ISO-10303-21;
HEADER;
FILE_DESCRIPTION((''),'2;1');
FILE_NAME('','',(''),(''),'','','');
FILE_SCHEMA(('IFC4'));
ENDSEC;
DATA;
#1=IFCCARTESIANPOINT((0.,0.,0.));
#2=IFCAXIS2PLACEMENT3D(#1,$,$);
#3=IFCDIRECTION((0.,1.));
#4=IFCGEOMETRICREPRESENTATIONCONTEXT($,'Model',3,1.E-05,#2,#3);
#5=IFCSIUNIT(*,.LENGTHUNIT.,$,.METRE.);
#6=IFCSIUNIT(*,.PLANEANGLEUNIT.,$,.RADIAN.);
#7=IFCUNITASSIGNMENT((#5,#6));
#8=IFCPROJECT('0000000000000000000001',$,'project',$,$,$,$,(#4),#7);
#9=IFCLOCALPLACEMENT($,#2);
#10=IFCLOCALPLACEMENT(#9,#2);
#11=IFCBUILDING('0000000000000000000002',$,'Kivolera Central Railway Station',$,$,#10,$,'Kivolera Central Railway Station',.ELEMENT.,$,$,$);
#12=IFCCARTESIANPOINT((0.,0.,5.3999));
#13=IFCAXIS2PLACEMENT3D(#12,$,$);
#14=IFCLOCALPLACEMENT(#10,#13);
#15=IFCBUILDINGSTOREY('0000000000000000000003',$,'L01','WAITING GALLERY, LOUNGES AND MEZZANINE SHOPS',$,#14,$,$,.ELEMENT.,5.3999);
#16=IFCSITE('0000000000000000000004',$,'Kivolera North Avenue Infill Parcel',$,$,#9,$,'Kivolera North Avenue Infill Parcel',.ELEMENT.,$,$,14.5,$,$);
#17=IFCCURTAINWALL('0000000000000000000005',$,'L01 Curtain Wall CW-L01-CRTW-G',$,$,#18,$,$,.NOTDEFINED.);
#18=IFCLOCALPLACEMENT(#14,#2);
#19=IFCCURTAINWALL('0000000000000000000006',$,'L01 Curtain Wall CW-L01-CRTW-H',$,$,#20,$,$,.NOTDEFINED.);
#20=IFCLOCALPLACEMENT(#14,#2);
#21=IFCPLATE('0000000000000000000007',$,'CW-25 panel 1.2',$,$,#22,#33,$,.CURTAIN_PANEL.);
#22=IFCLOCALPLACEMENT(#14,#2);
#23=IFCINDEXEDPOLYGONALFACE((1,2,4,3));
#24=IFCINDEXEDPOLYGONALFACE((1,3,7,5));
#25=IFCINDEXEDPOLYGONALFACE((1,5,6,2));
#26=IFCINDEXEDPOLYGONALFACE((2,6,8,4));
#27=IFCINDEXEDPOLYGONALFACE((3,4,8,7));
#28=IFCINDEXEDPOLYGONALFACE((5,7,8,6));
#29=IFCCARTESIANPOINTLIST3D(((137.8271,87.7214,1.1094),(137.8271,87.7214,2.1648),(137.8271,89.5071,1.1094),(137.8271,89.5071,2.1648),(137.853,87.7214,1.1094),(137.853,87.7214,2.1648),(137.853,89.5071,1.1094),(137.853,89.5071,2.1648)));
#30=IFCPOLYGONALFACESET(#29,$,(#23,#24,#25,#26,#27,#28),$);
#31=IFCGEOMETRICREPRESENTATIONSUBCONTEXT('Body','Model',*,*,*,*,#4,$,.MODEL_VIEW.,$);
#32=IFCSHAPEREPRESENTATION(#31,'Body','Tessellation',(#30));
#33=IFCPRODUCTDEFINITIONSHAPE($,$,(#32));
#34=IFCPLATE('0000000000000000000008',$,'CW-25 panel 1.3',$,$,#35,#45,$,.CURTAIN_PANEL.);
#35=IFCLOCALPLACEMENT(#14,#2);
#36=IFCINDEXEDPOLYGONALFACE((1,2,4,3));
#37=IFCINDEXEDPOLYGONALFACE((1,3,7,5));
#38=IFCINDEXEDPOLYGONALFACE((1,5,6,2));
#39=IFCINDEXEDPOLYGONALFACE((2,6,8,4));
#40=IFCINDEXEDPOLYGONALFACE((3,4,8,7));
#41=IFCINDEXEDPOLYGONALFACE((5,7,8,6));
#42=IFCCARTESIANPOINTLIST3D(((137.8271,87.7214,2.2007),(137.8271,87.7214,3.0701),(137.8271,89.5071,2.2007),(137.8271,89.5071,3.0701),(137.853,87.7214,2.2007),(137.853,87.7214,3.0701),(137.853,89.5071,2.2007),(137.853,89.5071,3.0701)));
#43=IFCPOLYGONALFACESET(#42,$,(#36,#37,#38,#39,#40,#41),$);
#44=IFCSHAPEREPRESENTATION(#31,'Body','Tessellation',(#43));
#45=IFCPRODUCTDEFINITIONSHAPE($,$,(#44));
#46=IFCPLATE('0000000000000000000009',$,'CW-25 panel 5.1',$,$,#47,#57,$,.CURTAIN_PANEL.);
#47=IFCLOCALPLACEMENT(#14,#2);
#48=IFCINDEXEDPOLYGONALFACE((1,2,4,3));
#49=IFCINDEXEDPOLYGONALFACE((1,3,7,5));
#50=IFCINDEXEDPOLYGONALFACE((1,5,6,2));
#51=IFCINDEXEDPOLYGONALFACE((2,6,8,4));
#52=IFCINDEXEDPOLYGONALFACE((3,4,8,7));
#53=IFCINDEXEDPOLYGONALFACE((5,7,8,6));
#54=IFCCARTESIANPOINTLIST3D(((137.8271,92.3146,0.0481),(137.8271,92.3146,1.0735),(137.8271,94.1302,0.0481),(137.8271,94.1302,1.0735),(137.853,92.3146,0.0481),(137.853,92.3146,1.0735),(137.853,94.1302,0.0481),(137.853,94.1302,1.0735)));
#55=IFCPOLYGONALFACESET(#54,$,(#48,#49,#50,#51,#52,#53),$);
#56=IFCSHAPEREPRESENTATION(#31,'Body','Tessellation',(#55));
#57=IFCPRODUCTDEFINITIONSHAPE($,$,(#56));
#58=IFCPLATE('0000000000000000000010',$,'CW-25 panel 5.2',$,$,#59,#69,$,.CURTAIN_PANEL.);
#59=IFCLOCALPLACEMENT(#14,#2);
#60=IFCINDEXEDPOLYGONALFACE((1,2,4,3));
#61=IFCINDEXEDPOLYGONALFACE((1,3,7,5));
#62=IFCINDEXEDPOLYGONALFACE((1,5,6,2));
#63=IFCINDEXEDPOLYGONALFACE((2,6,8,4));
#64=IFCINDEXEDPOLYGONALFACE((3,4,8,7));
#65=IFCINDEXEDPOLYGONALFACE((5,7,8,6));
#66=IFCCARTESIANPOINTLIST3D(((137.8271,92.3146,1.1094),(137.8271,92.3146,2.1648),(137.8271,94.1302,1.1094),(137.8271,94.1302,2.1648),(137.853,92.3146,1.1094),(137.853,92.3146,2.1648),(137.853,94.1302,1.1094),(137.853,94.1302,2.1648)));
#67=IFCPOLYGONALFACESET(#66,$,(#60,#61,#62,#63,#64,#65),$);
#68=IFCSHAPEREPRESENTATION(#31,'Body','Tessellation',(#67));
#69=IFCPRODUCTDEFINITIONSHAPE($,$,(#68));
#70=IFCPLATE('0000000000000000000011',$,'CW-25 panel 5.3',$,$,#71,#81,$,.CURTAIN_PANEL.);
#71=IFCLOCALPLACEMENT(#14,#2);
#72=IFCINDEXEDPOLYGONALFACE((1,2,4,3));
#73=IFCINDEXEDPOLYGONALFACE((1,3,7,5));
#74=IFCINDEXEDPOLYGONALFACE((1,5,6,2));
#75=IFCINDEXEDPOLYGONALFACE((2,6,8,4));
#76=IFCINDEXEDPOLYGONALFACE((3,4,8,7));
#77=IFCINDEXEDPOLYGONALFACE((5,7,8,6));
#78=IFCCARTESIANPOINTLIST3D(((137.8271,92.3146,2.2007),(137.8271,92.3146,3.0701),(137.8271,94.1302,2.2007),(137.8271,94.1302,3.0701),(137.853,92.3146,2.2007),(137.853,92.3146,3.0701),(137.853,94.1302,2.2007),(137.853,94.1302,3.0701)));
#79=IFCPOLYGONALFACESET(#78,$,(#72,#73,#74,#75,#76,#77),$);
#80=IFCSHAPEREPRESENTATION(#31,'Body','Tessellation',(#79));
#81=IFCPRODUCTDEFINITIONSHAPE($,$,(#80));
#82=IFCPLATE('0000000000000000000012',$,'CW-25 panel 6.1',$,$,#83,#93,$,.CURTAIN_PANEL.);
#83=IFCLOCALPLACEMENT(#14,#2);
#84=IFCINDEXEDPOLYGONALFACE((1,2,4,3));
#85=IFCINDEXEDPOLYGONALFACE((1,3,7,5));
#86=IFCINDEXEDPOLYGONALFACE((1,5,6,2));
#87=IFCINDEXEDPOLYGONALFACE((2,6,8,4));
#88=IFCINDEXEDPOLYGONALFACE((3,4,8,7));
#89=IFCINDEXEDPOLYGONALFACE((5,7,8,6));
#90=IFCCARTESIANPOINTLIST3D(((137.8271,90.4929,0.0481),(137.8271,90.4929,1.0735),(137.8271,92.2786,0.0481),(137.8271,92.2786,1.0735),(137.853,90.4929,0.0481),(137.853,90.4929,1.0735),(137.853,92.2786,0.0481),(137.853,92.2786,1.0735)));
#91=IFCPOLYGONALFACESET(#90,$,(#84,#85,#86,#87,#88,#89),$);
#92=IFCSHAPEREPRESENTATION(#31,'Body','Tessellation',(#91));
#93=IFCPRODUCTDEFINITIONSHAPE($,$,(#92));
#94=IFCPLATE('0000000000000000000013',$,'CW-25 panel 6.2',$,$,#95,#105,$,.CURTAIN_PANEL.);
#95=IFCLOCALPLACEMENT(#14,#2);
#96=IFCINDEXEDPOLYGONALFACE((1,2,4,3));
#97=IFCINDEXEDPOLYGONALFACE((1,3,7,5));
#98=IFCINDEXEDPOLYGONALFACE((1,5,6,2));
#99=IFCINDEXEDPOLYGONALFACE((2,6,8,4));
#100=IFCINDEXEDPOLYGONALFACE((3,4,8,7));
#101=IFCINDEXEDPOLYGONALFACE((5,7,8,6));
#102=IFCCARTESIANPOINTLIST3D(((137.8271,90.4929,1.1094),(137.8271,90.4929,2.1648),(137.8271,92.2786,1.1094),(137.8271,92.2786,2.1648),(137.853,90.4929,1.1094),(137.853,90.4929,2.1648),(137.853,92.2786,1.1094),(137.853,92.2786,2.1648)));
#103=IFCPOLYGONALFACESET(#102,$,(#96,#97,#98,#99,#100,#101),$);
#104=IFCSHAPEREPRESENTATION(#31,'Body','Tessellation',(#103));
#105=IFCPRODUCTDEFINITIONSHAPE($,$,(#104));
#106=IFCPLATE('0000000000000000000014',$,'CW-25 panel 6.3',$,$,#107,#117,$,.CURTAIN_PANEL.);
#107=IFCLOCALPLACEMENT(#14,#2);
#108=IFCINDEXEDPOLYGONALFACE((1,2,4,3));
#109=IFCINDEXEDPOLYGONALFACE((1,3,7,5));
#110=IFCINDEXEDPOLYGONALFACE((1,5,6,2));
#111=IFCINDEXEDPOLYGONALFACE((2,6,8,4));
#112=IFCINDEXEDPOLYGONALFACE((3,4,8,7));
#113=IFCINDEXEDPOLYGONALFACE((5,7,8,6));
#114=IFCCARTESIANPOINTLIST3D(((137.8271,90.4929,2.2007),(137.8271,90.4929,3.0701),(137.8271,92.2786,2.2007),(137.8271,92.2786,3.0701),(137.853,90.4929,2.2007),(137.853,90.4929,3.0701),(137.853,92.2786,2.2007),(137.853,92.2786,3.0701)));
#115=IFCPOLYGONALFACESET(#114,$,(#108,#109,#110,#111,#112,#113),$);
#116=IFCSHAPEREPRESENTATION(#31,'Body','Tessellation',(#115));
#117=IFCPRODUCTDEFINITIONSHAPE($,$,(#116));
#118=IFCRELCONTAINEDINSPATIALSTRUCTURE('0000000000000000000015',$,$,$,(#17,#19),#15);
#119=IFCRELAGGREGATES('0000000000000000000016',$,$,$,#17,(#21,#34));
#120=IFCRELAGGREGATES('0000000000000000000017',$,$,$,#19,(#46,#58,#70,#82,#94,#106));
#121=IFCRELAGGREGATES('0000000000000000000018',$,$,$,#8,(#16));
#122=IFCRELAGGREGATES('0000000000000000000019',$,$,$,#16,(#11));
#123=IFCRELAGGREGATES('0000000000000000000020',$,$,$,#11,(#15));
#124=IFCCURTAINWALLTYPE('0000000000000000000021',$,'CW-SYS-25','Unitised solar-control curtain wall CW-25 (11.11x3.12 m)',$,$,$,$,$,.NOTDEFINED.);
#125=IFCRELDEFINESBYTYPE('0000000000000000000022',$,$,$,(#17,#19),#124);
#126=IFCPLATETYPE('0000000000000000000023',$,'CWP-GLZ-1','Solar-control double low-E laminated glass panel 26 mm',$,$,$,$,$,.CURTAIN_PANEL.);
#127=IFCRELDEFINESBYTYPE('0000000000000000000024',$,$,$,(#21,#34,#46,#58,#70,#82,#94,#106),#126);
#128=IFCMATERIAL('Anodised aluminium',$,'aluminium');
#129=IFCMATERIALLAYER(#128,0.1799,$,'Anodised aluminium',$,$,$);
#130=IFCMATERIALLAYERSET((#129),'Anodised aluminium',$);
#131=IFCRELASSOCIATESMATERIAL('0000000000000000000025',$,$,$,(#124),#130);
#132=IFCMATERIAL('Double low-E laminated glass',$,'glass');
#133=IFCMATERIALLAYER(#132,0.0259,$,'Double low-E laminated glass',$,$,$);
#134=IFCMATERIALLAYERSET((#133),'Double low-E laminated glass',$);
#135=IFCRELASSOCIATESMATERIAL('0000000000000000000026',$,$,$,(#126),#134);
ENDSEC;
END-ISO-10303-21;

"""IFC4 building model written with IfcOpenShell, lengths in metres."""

from ifc_helpers import new_model, si_unit, direction, frame, origin, origin_2d, place, context, subcontext, project, spatial, rectangle, extrude, material, layer, layer_set, type_object, element, aggregate, save


model = new_model("IFC4")

# Units and contexts
model_context = context("Model", 3, precision=1e-05, world=origin(), true_north=direction((0.0, 1.0)))
body_context = subcontext(model_context, "Body", "Model", "MODEL_VIEW")
ifc_project = project(units=[si_unit("LENGTHUNIT", "METRE"), si_unit("PLANEANGLEUNIT", "RADIAN")], contexts=[model_context])

# Site, building, storey
site_placement = place(None, origin())
site = spatial("IfcSite", under=ifc_project, at=site_placement, Name="Kivolera North Avenue Infill Parcel", LongName="Kivolera North Avenue Infill Parcel", CompositionType="ELEMENT", RefElevation=14.5)
building_placement = place(site_placement, origin())
building = spatial("IfcBuilding", under=site, at=building_placement, Name="Kivolera Central Railway Station", LongName="Kivolera Central Railway Station", CompositionType="ELEMENT")
storey_placement = place(building_placement, frame((0.0, 0.0, 5.3999)))
storey = spatial("IfcBuildingStorey", under=building, at=storey_placement, Name="L01", Description="WAITING GALLERY, LOUNGES AND MEZZANINE SHOPS", CompositionType="ELEMENT", Elevation=5.3999)

# Curtain wall
ifc_material_1 = material(Name="Anodised aluminium", Category="aluminium")
ifc_layer_1 = layer(ifc_material_1, 0.1799, Name="Anodised aluminium")
ifc_layer_set_1 = layer_set([ifc_layer_1], Name="Anodised aluminium")
curtain_wall_type = type_object("IfcCurtainWallType", Name="CW-SYS-25", Description="Unitised solar-control curtain wall CW-25 (11.11x3.12 m)", PredefinedType="NOTDEFINED", material=ifc_layer_set_1)
curtain_wall_1_placement = place(storey_placement, origin())
curtain_wall_1 = element("IfcCurtainWall", 1, at=curtain_wall_1_placement, inside=storey, type_object=curtain_wall_type, Name="L01 Curtain Wall CW-L01-CRTW-G", PredefinedType="NOTDEFINED")

# Curtain wall
curtain_wall_2_placement = place(storey_placement, origin())
curtain_wall_2 = element("IfcCurtainWall", 2, at=curtain_wall_2_placement, inside=storey, type_object=curtain_wall_type, Name="L01 Curtain Wall CW-L01-CRTW-H", PredefinedType="NOTDEFINED")

# Plates
ifc_material_2 = material(Name="Double low-E laminated glass", Category="glass")
ifc_layer_2 = layer(ifc_material_2, 0.0259, Name="Double low-E laminated glass")
ifc_layer_set_2 = layer_set([ifc_layer_2], Name="Double low-E laminated glass")
plate_type = type_object("IfcPlateType", Name="CWP-GLZ-1", Description="Solar-control double low-E laminated glass panel 26 mm", PredefinedType="CURTAIN_PANEL", material=ifc_layer_set_2)
plate_1_placement = place(storey_placement, frame((137.8401, 88.6143, 1.1094), z_axis=(0.0, 0.0, 1.0), x_axis=(0.0, -1.0, 0.0)))
plate_1 = element("IfcPlate", 3, at=plate_1_placement, type_object=plate_type, Name="CW-25 panel 1.2", PredefinedType="CURTAIN_PANEL", context=body_context, shape_type="SweptSolid", body=[
    extrude(rectangle(XDim=1.7856, YDim=0.0259, at=origin_2d()), origin(), (0.0, 0.0, 1.0), 1.0554),
])
plate_2_placement = place(storey_placement, frame((137.8401, 88.6143, 2.2007), z_axis=(0.0, 0.0, 1.0), x_axis=(0.0, -1.0, 0.0)))
plate_2 = element("IfcPlate", 4, at=plate_2_placement, type_object=plate_type, Name="CW-25 panel 1.3", PredefinedType="CURTAIN_PANEL", context=body_context, shape_type="SweptSolid", body=[
    extrude(rectangle(XDim=1.7856, YDim=0.0259, at=origin_2d()), origin(), (0.0, 0.0, 1.0), 0.8694),
])
aggregate(curtain_wall_1, [plate_1, plate_2])
plate_3_placement = place(storey_placement, frame((137.8401, 93.2224, 0.0481), z_axis=(0.0, 0.0, 1.0), x_axis=(0.0, -1.0, 0.0)))
plate_3 = element("IfcPlate", 5, at=plate_3_placement, type_object=plate_type, Name="CW-25 panel 5.1", PredefinedType="CURTAIN_PANEL", context=body_context, shape_type="SweptSolid", body=[
    extrude(rectangle(XDim=1.8157, YDim=0.0259, at=origin_2d()), origin(), (0.0, 0.0, 1.0), 1.0254),
])
plate_4_placement = place(storey_placement, frame((137.8401, 93.2224, 1.1094), z_axis=(0.0, 0.0, 1.0), x_axis=(0.0, -1.0, 0.0)))
plate_4 = element("IfcPlate", 6, at=plate_4_placement, type_object=plate_type, Name="CW-25 panel 5.2", PredefinedType="CURTAIN_PANEL", context=body_context, shape_type="SweptSolid", body=[
    extrude(rectangle(XDim=1.8157, YDim=0.0259, at=origin_2d()), origin(), (0.0, 0.0, 1.0), 1.0554),
])
plate_5_placement = place(storey_placement, frame((137.8401, 93.2224, 2.2007), z_axis=(0.0, 0.0, 1.0), x_axis=(0.0, -1.0, 0.0)))
plate_5 = element("IfcPlate", 7, at=plate_5_placement, type_object=plate_type, Name="CW-25 panel 5.3", PredefinedType="CURTAIN_PANEL", context=body_context, shape_type="SweptSolid", body=[
    extrude(rectangle(XDim=1.8157, YDim=0.0259, at=origin_2d()), origin(), (0.0, 0.0, 1.0), 0.8694),
])
plate_6_placement = place(storey_placement, frame((137.8401, 91.3857, 0.0481), z_axis=(0.0, 0.0, 1.0), x_axis=(0.0, -1.0, 0.0)))
plate_6 = element("IfcPlate", 8, at=plate_6_placement, type_object=plate_type, Name="CW-25 panel 6.1", PredefinedType="CURTAIN_PANEL", context=body_context, shape_type="SweptSolid", body=[
    extrude(rectangle(XDim=1.7856, YDim=0.0259, at=origin_2d()), origin(), (0.0, 0.0, 1.0), 1.0254),
])
plate_7_placement = place(storey_placement, frame((137.8401, 91.3857, 1.1094), z_axis=(0.0, 0.0, 1.0), x_axis=(0.0, -1.0, 0.0)))
plate_7 = element("IfcPlate", 9, at=plate_7_placement, type_object=plate_type, Name="CW-25 panel 6.2", PredefinedType="CURTAIN_PANEL", context=body_context, shape_type="SweptSolid", body=[
    extrude(rectangle(XDim=1.7856, YDim=0.0259, at=origin_2d()), origin(), (0.0, 0.0, 1.0), 1.0554),
])
plate_8_placement = place(storey_placement, frame((137.8401, 91.3857, 2.2007), z_axis=(0.0, 0.0, 1.0), x_axis=(0.0, -1.0, 0.0)))
plate_8 = element("IfcPlate", 10, at=plate_8_placement, type_object=plate_type, Name="CW-25 panel 6.3", PredefinedType="CURTAIN_PANEL", context=body_context, shape_type="SweptSolid", body=[
    extrude(rectangle(XDim=1.7856, YDim=0.0259, at=origin_2d()), origin(), (0.0, 0.0, 1.0), 0.8694),
])
aggregate(curtain_wall_2, [plate_3, plate_4, plate_5, plate_6, plate_7, plate_8])

save(model, "model.ifc")
